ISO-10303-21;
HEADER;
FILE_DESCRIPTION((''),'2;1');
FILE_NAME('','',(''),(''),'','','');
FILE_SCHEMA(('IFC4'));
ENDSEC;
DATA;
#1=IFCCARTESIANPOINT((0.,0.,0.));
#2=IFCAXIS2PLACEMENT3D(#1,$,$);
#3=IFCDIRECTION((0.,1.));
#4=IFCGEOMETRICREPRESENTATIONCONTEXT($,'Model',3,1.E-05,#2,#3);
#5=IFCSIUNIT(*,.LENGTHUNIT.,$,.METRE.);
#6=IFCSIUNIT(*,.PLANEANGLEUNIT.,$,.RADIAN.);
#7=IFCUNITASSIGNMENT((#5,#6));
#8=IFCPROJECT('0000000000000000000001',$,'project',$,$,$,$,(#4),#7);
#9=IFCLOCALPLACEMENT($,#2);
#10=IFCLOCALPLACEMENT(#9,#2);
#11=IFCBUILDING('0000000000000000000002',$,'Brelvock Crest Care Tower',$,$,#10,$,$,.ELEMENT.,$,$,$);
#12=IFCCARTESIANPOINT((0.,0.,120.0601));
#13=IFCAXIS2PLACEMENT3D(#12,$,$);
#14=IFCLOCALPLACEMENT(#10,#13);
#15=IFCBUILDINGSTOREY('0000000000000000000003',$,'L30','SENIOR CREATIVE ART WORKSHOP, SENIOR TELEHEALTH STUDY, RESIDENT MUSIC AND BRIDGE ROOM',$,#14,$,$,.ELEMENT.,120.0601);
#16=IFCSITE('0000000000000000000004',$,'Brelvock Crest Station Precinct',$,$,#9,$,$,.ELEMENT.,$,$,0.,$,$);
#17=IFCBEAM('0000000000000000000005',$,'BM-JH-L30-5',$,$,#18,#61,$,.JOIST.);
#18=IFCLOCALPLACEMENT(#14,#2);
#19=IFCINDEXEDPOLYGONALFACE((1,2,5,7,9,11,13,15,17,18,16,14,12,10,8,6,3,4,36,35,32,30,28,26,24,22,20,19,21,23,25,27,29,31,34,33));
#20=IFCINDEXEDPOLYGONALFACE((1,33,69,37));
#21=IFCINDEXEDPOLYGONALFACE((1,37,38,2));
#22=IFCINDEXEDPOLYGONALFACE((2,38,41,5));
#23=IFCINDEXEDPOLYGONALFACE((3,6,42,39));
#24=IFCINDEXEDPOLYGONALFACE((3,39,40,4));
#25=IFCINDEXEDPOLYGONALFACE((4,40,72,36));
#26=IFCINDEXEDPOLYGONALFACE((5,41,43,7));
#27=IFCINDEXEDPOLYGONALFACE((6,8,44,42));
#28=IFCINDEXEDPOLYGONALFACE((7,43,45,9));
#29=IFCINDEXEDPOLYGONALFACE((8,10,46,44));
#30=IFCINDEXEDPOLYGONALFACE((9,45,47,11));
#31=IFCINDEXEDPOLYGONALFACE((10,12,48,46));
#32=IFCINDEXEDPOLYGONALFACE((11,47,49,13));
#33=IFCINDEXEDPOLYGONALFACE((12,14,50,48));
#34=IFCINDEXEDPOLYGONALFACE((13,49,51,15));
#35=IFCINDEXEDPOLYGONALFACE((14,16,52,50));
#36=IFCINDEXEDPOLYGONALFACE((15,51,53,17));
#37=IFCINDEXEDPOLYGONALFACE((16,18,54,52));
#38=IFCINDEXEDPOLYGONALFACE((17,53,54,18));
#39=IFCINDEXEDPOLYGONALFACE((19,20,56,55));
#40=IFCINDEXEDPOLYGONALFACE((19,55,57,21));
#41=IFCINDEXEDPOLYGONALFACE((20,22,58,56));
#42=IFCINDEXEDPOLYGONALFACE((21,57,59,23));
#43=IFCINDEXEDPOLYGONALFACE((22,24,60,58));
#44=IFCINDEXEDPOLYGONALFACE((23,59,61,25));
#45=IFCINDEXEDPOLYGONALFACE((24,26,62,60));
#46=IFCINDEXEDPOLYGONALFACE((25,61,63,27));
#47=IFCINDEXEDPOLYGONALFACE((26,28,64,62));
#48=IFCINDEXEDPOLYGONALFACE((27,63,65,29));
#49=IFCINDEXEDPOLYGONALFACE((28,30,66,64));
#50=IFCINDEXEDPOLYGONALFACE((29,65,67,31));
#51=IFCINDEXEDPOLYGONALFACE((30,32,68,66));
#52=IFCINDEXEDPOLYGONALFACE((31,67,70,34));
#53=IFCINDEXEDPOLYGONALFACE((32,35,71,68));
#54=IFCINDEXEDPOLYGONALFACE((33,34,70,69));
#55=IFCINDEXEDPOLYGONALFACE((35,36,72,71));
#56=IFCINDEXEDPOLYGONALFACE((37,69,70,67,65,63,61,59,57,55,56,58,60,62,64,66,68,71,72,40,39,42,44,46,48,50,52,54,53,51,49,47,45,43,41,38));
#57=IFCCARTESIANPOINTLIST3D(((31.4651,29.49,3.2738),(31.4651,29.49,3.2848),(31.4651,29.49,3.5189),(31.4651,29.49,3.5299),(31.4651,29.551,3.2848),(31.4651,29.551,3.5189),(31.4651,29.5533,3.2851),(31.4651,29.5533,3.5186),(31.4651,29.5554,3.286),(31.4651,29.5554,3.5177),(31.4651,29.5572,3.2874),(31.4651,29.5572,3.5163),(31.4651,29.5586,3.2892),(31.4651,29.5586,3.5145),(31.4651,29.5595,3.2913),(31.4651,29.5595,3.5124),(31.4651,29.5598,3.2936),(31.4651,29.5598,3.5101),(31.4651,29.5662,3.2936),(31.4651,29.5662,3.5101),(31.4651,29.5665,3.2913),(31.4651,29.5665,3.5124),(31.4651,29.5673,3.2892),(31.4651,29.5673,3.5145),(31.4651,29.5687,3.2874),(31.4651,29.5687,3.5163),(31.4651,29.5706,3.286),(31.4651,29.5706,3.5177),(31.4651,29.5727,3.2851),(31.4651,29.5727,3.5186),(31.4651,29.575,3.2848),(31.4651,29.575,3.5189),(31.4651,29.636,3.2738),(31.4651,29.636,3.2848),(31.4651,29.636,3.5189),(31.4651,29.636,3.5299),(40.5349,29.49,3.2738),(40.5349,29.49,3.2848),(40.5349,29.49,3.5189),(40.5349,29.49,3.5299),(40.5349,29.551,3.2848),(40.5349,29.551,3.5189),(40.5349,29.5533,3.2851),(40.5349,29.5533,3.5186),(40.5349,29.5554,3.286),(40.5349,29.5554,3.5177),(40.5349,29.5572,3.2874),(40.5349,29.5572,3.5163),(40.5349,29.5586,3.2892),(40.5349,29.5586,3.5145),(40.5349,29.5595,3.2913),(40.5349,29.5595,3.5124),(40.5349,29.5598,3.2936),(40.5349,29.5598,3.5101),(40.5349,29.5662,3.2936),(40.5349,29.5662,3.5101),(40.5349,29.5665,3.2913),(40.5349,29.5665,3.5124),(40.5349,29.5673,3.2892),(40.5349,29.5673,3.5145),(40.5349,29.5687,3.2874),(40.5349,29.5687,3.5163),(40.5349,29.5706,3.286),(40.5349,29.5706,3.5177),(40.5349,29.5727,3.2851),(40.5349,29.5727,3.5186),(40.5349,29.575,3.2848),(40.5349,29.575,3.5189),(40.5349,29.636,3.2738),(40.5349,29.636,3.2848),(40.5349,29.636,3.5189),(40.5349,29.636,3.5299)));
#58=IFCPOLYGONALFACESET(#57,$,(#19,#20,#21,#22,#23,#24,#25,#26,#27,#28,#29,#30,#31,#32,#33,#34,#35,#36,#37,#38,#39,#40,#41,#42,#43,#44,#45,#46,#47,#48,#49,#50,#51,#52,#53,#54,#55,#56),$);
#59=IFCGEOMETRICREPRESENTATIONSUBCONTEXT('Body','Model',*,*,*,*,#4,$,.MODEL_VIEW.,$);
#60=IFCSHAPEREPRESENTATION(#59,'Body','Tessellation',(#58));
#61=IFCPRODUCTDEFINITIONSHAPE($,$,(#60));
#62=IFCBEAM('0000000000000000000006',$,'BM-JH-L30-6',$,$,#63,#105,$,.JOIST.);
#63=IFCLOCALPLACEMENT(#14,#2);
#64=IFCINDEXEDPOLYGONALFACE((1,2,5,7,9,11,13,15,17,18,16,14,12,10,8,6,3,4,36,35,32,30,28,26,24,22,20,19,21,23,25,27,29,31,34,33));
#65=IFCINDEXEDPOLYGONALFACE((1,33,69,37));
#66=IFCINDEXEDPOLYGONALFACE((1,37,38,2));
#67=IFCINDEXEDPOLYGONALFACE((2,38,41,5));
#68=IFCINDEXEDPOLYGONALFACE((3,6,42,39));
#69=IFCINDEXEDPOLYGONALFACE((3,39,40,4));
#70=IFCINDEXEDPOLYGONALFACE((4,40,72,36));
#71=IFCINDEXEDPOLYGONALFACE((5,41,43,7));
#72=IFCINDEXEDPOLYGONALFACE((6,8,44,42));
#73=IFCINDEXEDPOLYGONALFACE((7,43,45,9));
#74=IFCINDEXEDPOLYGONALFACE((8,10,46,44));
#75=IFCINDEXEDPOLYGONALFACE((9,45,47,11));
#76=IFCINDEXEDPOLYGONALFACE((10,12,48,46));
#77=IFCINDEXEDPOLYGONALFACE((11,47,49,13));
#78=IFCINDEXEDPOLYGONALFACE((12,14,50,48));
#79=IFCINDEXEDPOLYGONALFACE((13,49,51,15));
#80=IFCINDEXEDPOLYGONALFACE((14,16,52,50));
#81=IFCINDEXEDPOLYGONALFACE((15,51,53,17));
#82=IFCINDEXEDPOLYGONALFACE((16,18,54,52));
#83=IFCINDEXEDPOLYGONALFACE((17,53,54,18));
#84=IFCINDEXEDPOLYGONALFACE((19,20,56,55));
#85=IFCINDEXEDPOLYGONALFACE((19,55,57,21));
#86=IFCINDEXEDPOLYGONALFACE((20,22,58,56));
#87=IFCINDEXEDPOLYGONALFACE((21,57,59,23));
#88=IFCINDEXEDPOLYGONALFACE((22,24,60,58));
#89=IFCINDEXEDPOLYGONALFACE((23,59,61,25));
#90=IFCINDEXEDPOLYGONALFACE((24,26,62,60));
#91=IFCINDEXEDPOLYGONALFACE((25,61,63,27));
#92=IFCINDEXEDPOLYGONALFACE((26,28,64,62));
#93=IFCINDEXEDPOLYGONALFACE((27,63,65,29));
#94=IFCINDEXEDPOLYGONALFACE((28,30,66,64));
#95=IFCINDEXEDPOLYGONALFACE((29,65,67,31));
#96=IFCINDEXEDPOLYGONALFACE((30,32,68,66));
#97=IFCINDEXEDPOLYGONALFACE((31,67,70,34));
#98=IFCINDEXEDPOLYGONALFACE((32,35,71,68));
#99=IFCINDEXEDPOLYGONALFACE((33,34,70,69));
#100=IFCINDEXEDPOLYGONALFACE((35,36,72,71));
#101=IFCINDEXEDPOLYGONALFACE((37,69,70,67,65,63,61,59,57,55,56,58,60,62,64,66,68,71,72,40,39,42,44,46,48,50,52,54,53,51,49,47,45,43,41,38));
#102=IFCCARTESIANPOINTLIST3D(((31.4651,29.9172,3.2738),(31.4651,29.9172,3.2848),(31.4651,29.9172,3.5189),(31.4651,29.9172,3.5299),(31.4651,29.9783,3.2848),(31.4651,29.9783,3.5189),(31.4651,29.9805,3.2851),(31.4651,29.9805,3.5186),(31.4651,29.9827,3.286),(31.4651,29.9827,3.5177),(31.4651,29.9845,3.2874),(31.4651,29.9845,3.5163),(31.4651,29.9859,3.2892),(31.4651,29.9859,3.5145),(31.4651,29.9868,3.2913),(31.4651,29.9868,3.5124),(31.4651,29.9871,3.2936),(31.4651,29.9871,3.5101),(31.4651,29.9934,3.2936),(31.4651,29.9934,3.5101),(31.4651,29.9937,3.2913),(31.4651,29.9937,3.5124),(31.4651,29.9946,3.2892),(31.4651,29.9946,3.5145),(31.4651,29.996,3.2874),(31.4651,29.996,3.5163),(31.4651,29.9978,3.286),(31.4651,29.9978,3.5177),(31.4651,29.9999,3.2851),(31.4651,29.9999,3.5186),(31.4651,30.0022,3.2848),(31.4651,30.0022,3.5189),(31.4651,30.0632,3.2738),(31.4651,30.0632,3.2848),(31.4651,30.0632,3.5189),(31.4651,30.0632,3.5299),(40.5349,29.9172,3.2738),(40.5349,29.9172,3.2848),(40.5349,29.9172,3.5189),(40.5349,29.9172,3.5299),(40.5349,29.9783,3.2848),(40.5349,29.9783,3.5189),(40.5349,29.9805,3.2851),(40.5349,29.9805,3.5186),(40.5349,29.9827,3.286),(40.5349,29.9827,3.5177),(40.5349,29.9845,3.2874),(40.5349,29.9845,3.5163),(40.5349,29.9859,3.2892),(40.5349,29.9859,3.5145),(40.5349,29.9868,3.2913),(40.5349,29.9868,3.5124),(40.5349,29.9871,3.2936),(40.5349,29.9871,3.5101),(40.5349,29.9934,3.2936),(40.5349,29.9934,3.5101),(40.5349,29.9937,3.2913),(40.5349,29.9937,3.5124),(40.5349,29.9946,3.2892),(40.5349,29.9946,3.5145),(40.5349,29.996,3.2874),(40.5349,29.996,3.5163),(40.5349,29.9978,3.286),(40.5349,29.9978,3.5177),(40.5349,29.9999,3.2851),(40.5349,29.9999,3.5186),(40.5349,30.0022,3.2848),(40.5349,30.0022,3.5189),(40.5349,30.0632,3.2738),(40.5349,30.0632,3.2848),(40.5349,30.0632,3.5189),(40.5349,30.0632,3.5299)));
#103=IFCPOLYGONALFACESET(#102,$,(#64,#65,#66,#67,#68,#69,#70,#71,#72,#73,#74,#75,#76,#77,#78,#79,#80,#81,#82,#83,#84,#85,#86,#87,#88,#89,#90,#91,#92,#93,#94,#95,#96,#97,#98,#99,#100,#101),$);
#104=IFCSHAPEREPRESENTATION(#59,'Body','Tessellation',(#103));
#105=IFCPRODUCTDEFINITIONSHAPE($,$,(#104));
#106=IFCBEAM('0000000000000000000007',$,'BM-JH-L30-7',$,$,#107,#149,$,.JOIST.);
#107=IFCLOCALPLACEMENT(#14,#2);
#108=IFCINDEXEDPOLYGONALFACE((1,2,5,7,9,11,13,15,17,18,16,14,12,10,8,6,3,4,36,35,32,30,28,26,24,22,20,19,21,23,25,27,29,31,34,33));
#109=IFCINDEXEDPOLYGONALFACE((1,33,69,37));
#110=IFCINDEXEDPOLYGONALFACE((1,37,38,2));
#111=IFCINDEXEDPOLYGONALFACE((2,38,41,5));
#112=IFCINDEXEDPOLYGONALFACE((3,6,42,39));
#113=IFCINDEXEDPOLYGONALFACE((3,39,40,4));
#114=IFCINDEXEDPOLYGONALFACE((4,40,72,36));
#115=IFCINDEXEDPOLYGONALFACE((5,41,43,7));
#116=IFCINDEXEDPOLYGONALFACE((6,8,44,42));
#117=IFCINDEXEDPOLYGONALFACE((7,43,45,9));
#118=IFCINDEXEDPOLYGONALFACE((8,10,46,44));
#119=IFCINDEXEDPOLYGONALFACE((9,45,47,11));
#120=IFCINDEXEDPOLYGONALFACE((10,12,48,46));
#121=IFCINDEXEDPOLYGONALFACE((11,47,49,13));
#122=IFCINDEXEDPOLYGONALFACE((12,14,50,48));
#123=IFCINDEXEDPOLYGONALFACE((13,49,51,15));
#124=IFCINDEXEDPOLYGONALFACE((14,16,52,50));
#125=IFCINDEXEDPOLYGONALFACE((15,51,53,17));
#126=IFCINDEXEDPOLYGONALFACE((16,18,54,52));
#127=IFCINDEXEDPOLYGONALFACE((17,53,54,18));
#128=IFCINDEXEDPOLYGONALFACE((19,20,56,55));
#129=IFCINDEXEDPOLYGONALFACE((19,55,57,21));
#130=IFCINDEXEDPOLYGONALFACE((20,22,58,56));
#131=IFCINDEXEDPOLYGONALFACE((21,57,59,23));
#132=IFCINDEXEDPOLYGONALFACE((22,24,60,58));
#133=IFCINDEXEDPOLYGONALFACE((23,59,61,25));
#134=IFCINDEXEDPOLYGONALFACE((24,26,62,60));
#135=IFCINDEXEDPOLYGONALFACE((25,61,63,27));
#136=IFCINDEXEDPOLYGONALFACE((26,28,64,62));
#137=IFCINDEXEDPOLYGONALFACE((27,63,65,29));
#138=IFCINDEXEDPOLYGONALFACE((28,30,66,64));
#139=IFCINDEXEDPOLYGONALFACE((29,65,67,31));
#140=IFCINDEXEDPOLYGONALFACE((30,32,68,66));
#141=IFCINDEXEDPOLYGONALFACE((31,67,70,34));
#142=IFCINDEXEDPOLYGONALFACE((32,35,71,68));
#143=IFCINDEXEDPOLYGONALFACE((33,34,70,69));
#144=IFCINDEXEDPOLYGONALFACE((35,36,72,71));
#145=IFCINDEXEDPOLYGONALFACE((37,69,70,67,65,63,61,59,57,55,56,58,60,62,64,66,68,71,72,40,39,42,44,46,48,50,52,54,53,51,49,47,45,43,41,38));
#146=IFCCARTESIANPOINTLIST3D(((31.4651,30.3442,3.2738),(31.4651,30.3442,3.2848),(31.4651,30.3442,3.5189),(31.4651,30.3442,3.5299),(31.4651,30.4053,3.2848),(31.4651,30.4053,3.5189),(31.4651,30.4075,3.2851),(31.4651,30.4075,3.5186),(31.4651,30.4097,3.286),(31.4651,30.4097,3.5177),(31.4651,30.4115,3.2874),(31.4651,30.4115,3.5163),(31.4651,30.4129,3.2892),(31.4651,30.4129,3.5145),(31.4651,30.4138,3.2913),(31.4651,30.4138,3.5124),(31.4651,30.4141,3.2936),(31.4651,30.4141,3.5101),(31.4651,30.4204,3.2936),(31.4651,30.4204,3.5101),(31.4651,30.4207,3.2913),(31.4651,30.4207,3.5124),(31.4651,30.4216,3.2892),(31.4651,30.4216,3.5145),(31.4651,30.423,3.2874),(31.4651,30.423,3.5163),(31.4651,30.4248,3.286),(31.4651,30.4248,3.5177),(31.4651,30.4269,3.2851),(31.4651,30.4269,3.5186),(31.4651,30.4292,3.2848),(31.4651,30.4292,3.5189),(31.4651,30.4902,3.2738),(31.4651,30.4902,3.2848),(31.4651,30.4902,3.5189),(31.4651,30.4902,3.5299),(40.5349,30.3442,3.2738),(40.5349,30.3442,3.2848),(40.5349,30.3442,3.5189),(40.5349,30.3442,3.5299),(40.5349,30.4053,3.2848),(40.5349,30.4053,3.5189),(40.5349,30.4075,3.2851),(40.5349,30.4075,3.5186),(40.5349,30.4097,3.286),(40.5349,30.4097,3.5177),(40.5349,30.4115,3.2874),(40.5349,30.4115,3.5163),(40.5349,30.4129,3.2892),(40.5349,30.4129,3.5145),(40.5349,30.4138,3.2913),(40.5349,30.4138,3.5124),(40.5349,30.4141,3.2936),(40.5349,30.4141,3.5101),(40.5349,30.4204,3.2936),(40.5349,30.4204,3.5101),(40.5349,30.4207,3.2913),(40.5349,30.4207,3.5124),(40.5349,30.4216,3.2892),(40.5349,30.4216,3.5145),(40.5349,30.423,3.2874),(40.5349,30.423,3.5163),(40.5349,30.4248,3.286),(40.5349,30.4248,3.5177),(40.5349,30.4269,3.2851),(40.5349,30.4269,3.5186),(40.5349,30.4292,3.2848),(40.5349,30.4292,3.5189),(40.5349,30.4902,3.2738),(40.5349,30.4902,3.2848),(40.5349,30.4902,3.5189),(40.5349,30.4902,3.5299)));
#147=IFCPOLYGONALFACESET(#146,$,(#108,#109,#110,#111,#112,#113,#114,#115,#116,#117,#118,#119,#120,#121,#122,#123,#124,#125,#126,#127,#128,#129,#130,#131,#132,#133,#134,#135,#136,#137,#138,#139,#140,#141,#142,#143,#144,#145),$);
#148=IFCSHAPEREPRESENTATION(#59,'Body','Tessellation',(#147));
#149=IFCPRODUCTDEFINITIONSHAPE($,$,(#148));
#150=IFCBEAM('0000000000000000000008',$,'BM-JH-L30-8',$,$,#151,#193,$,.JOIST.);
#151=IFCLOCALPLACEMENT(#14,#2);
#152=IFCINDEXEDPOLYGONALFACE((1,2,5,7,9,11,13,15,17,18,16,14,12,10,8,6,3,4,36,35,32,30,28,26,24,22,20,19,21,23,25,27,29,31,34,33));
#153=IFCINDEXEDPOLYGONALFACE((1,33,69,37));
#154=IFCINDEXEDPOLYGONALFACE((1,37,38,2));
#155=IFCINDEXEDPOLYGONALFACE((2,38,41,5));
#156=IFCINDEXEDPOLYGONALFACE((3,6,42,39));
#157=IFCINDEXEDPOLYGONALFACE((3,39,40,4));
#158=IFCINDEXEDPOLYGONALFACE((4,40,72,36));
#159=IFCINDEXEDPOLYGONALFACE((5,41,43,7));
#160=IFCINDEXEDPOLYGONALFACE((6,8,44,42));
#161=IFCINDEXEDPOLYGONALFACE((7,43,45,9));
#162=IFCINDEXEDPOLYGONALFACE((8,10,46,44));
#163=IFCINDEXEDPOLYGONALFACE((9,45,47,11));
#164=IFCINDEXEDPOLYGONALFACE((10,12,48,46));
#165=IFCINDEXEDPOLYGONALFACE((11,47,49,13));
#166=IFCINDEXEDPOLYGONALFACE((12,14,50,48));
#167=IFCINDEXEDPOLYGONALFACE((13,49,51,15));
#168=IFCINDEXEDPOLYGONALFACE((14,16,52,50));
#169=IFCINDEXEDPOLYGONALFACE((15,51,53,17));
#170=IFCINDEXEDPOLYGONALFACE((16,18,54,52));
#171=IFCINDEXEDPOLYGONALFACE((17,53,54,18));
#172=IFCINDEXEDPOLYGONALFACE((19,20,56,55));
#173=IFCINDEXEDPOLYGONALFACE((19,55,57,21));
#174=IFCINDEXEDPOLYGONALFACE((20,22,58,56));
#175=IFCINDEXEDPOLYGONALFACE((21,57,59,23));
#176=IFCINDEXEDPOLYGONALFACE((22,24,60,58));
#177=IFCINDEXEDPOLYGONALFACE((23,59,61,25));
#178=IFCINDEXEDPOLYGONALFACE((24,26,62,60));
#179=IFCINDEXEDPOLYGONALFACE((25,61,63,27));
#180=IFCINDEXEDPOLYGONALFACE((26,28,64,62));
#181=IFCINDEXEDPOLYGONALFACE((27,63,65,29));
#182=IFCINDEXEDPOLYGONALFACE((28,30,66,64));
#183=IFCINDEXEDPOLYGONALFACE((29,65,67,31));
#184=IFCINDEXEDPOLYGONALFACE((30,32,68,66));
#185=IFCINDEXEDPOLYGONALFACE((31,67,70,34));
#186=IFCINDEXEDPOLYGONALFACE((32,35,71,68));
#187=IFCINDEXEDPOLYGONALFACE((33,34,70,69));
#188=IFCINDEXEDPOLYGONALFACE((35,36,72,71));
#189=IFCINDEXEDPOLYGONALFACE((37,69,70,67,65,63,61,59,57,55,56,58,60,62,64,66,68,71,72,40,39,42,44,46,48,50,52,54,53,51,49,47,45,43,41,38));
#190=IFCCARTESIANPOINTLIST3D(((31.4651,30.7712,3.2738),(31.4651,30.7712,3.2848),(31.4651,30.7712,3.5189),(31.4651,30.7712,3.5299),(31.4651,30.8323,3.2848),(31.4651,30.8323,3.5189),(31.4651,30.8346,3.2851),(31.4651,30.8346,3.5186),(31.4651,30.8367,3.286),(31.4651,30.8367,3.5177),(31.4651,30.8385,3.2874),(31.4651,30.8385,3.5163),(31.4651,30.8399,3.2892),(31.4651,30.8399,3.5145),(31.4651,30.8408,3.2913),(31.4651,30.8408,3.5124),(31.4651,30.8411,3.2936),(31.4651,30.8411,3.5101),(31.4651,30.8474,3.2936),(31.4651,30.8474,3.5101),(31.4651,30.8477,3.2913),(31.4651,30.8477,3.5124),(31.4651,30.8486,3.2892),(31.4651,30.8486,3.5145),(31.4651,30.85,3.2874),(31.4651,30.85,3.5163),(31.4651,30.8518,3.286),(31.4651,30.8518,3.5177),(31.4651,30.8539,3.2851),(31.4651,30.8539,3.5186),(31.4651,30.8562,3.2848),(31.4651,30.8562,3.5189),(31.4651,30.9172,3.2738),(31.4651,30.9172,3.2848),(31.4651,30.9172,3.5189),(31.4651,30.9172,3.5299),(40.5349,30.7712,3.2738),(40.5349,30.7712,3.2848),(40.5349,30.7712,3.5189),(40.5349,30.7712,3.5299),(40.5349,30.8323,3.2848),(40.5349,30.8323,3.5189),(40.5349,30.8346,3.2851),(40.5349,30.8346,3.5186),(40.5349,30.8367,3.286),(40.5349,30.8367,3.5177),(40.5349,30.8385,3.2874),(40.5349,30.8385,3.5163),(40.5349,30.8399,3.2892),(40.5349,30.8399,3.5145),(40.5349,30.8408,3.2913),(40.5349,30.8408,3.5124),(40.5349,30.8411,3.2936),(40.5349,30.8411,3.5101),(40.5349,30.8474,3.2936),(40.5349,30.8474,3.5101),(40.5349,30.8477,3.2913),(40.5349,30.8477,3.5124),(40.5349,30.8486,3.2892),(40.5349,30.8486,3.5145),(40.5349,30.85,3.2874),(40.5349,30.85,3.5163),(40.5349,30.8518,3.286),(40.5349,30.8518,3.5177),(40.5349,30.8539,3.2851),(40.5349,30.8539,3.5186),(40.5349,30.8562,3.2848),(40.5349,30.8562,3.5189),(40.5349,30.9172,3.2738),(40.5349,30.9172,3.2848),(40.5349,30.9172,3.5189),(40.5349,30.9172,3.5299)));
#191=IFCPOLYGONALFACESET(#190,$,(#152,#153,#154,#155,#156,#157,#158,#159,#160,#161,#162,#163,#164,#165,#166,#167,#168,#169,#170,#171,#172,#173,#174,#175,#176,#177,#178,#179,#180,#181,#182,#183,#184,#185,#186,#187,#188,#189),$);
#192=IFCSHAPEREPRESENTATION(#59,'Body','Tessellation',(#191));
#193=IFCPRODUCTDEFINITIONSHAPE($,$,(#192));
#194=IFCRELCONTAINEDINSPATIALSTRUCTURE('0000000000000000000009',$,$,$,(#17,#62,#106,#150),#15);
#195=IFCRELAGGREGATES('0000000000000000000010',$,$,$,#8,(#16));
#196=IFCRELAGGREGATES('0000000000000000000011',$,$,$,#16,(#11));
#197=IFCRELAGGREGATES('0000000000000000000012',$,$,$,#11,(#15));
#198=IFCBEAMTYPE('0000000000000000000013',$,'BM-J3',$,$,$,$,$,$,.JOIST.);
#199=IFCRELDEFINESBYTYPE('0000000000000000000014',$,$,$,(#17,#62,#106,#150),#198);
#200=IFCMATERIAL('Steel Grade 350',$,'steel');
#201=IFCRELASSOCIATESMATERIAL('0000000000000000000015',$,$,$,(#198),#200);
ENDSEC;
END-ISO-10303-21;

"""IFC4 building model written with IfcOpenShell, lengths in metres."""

from ifc_helpers import new_model, si_unit, direction, frame, origin, origin_2d, place, context, subcontext, project, spatial, i_section, extrude, source, transform, mapped, material, material_profile, profile_set, type_object, element, save


model = new_model("IFC4")

# Units and contexts
model_context = context("Model", 3, precision=1e-05, world=origin(), true_north=direction((0.0, 1.0)))
body_context = subcontext(model_context, "Body", "Model", "MODEL_VIEW")
ifc_project = project(units=[si_unit("LENGTHUNIT", "METRE"), si_unit("PLANEANGLEUNIT", "RADIAN")], contexts=[model_context])

# Site, building, storey
site_placement = place(None, origin())
site = spatial("IfcSite", under=ifc_project, at=site_placement, Name="Brelvock Crest Station Precinct", CompositionType="ELEMENT", RefElevation=0.0)
building_placement = place(site_placement, origin())
building = spatial("IfcBuilding", under=site, at=building_placement, Name="Brelvock Crest Care Tower", CompositionType="ELEMENT")
storey_placement = place(building_placement, frame((0.0, 0.0, 120.0601)))
storey = spatial("IfcBuildingStorey", under=building, at=storey_placement, Name="L30", Description="SENIOR CREATIVE ART WORKSHOP, SENIOR TELEHEALTH STUDY, RESIDENT MUSIC AND BRIDGE ROOM", CompositionType="ELEMENT", Elevation=120.0601)

# Shared definitions
ifc_material_1 = material(Name="Steel Grade 350", Category="steel")

# Beams
ifc_material_profile_1 = material_profile(ifc_material_1, i_section(OverallWidth=0.146, OverallDepth=0.2561, WebThickness=0.0063, FlangeThickness=0.011, FilletRadius=0.0088, at=origin_2d()), Name="250UB37.3")
ifc_profile_set_1 = profile_set([ifc_material_profile_1], Name="Steel Grade 350")
beam_type_1 = type_object("IfcBeamType", Name="BM-J3", PredefinedType="JOIST", material=ifc_profile_set_1)
shared_shape_1 = source(origin(), body_context, "Body", "SweptSolid", [
    extrude(i_section(OverallWidth=0.146, OverallDepth=0.2561, WebThickness=0.0063, FlangeThickness=0.011, FilletRadius=0.0088, at=origin_2d()), origin(), (0.0, 0.0, 1.0), 9.0698),
])
for number, where, z_axis, x_axis, name in (
    (1, (31.4651, 29.563, 3.4019), (1.0, 0.0, 0.0), (0.0, 1.0, 0.0), "BM-JH-L30-5"),
    (2, (31.4651, 29.9902, 3.4019), (1.0, 0.0, 0.0), (0.0, 1.0, 0.0), "BM-JH-L30-6"),
    (3, (31.4651, 30.4172, 3.4019), (1.0, 0.0, 0.0), (0.0, 1.0, 0.0), "BM-JH-L30-7"),
    (4, (31.4651, 30.8442, 3.4019), (1.0, 0.0, 0.0), (0.0, 1.0, 0.0), "BM-JH-L30-8"),
):
    element("IfcBeam", number, at=place(storey_placement, frame(where, z_axis=z_axis, x_axis=x_axis)), inside=storey, type_object=beam_type_1, Name=name, PredefinedType="JOIST", context=body_context, shape_type="MappedRepresentation", body=[
        mapped(shared_shape_1, transform((0.0, 0.0, 0.0), x_axis=(1.0, 0.0, 0.0), y_axis=(0.0, 1.0, 0.0), z_axis=(0.0, 0.0, 1.0), scale=1.0)),
    ])

save(model, "model.ifc")
